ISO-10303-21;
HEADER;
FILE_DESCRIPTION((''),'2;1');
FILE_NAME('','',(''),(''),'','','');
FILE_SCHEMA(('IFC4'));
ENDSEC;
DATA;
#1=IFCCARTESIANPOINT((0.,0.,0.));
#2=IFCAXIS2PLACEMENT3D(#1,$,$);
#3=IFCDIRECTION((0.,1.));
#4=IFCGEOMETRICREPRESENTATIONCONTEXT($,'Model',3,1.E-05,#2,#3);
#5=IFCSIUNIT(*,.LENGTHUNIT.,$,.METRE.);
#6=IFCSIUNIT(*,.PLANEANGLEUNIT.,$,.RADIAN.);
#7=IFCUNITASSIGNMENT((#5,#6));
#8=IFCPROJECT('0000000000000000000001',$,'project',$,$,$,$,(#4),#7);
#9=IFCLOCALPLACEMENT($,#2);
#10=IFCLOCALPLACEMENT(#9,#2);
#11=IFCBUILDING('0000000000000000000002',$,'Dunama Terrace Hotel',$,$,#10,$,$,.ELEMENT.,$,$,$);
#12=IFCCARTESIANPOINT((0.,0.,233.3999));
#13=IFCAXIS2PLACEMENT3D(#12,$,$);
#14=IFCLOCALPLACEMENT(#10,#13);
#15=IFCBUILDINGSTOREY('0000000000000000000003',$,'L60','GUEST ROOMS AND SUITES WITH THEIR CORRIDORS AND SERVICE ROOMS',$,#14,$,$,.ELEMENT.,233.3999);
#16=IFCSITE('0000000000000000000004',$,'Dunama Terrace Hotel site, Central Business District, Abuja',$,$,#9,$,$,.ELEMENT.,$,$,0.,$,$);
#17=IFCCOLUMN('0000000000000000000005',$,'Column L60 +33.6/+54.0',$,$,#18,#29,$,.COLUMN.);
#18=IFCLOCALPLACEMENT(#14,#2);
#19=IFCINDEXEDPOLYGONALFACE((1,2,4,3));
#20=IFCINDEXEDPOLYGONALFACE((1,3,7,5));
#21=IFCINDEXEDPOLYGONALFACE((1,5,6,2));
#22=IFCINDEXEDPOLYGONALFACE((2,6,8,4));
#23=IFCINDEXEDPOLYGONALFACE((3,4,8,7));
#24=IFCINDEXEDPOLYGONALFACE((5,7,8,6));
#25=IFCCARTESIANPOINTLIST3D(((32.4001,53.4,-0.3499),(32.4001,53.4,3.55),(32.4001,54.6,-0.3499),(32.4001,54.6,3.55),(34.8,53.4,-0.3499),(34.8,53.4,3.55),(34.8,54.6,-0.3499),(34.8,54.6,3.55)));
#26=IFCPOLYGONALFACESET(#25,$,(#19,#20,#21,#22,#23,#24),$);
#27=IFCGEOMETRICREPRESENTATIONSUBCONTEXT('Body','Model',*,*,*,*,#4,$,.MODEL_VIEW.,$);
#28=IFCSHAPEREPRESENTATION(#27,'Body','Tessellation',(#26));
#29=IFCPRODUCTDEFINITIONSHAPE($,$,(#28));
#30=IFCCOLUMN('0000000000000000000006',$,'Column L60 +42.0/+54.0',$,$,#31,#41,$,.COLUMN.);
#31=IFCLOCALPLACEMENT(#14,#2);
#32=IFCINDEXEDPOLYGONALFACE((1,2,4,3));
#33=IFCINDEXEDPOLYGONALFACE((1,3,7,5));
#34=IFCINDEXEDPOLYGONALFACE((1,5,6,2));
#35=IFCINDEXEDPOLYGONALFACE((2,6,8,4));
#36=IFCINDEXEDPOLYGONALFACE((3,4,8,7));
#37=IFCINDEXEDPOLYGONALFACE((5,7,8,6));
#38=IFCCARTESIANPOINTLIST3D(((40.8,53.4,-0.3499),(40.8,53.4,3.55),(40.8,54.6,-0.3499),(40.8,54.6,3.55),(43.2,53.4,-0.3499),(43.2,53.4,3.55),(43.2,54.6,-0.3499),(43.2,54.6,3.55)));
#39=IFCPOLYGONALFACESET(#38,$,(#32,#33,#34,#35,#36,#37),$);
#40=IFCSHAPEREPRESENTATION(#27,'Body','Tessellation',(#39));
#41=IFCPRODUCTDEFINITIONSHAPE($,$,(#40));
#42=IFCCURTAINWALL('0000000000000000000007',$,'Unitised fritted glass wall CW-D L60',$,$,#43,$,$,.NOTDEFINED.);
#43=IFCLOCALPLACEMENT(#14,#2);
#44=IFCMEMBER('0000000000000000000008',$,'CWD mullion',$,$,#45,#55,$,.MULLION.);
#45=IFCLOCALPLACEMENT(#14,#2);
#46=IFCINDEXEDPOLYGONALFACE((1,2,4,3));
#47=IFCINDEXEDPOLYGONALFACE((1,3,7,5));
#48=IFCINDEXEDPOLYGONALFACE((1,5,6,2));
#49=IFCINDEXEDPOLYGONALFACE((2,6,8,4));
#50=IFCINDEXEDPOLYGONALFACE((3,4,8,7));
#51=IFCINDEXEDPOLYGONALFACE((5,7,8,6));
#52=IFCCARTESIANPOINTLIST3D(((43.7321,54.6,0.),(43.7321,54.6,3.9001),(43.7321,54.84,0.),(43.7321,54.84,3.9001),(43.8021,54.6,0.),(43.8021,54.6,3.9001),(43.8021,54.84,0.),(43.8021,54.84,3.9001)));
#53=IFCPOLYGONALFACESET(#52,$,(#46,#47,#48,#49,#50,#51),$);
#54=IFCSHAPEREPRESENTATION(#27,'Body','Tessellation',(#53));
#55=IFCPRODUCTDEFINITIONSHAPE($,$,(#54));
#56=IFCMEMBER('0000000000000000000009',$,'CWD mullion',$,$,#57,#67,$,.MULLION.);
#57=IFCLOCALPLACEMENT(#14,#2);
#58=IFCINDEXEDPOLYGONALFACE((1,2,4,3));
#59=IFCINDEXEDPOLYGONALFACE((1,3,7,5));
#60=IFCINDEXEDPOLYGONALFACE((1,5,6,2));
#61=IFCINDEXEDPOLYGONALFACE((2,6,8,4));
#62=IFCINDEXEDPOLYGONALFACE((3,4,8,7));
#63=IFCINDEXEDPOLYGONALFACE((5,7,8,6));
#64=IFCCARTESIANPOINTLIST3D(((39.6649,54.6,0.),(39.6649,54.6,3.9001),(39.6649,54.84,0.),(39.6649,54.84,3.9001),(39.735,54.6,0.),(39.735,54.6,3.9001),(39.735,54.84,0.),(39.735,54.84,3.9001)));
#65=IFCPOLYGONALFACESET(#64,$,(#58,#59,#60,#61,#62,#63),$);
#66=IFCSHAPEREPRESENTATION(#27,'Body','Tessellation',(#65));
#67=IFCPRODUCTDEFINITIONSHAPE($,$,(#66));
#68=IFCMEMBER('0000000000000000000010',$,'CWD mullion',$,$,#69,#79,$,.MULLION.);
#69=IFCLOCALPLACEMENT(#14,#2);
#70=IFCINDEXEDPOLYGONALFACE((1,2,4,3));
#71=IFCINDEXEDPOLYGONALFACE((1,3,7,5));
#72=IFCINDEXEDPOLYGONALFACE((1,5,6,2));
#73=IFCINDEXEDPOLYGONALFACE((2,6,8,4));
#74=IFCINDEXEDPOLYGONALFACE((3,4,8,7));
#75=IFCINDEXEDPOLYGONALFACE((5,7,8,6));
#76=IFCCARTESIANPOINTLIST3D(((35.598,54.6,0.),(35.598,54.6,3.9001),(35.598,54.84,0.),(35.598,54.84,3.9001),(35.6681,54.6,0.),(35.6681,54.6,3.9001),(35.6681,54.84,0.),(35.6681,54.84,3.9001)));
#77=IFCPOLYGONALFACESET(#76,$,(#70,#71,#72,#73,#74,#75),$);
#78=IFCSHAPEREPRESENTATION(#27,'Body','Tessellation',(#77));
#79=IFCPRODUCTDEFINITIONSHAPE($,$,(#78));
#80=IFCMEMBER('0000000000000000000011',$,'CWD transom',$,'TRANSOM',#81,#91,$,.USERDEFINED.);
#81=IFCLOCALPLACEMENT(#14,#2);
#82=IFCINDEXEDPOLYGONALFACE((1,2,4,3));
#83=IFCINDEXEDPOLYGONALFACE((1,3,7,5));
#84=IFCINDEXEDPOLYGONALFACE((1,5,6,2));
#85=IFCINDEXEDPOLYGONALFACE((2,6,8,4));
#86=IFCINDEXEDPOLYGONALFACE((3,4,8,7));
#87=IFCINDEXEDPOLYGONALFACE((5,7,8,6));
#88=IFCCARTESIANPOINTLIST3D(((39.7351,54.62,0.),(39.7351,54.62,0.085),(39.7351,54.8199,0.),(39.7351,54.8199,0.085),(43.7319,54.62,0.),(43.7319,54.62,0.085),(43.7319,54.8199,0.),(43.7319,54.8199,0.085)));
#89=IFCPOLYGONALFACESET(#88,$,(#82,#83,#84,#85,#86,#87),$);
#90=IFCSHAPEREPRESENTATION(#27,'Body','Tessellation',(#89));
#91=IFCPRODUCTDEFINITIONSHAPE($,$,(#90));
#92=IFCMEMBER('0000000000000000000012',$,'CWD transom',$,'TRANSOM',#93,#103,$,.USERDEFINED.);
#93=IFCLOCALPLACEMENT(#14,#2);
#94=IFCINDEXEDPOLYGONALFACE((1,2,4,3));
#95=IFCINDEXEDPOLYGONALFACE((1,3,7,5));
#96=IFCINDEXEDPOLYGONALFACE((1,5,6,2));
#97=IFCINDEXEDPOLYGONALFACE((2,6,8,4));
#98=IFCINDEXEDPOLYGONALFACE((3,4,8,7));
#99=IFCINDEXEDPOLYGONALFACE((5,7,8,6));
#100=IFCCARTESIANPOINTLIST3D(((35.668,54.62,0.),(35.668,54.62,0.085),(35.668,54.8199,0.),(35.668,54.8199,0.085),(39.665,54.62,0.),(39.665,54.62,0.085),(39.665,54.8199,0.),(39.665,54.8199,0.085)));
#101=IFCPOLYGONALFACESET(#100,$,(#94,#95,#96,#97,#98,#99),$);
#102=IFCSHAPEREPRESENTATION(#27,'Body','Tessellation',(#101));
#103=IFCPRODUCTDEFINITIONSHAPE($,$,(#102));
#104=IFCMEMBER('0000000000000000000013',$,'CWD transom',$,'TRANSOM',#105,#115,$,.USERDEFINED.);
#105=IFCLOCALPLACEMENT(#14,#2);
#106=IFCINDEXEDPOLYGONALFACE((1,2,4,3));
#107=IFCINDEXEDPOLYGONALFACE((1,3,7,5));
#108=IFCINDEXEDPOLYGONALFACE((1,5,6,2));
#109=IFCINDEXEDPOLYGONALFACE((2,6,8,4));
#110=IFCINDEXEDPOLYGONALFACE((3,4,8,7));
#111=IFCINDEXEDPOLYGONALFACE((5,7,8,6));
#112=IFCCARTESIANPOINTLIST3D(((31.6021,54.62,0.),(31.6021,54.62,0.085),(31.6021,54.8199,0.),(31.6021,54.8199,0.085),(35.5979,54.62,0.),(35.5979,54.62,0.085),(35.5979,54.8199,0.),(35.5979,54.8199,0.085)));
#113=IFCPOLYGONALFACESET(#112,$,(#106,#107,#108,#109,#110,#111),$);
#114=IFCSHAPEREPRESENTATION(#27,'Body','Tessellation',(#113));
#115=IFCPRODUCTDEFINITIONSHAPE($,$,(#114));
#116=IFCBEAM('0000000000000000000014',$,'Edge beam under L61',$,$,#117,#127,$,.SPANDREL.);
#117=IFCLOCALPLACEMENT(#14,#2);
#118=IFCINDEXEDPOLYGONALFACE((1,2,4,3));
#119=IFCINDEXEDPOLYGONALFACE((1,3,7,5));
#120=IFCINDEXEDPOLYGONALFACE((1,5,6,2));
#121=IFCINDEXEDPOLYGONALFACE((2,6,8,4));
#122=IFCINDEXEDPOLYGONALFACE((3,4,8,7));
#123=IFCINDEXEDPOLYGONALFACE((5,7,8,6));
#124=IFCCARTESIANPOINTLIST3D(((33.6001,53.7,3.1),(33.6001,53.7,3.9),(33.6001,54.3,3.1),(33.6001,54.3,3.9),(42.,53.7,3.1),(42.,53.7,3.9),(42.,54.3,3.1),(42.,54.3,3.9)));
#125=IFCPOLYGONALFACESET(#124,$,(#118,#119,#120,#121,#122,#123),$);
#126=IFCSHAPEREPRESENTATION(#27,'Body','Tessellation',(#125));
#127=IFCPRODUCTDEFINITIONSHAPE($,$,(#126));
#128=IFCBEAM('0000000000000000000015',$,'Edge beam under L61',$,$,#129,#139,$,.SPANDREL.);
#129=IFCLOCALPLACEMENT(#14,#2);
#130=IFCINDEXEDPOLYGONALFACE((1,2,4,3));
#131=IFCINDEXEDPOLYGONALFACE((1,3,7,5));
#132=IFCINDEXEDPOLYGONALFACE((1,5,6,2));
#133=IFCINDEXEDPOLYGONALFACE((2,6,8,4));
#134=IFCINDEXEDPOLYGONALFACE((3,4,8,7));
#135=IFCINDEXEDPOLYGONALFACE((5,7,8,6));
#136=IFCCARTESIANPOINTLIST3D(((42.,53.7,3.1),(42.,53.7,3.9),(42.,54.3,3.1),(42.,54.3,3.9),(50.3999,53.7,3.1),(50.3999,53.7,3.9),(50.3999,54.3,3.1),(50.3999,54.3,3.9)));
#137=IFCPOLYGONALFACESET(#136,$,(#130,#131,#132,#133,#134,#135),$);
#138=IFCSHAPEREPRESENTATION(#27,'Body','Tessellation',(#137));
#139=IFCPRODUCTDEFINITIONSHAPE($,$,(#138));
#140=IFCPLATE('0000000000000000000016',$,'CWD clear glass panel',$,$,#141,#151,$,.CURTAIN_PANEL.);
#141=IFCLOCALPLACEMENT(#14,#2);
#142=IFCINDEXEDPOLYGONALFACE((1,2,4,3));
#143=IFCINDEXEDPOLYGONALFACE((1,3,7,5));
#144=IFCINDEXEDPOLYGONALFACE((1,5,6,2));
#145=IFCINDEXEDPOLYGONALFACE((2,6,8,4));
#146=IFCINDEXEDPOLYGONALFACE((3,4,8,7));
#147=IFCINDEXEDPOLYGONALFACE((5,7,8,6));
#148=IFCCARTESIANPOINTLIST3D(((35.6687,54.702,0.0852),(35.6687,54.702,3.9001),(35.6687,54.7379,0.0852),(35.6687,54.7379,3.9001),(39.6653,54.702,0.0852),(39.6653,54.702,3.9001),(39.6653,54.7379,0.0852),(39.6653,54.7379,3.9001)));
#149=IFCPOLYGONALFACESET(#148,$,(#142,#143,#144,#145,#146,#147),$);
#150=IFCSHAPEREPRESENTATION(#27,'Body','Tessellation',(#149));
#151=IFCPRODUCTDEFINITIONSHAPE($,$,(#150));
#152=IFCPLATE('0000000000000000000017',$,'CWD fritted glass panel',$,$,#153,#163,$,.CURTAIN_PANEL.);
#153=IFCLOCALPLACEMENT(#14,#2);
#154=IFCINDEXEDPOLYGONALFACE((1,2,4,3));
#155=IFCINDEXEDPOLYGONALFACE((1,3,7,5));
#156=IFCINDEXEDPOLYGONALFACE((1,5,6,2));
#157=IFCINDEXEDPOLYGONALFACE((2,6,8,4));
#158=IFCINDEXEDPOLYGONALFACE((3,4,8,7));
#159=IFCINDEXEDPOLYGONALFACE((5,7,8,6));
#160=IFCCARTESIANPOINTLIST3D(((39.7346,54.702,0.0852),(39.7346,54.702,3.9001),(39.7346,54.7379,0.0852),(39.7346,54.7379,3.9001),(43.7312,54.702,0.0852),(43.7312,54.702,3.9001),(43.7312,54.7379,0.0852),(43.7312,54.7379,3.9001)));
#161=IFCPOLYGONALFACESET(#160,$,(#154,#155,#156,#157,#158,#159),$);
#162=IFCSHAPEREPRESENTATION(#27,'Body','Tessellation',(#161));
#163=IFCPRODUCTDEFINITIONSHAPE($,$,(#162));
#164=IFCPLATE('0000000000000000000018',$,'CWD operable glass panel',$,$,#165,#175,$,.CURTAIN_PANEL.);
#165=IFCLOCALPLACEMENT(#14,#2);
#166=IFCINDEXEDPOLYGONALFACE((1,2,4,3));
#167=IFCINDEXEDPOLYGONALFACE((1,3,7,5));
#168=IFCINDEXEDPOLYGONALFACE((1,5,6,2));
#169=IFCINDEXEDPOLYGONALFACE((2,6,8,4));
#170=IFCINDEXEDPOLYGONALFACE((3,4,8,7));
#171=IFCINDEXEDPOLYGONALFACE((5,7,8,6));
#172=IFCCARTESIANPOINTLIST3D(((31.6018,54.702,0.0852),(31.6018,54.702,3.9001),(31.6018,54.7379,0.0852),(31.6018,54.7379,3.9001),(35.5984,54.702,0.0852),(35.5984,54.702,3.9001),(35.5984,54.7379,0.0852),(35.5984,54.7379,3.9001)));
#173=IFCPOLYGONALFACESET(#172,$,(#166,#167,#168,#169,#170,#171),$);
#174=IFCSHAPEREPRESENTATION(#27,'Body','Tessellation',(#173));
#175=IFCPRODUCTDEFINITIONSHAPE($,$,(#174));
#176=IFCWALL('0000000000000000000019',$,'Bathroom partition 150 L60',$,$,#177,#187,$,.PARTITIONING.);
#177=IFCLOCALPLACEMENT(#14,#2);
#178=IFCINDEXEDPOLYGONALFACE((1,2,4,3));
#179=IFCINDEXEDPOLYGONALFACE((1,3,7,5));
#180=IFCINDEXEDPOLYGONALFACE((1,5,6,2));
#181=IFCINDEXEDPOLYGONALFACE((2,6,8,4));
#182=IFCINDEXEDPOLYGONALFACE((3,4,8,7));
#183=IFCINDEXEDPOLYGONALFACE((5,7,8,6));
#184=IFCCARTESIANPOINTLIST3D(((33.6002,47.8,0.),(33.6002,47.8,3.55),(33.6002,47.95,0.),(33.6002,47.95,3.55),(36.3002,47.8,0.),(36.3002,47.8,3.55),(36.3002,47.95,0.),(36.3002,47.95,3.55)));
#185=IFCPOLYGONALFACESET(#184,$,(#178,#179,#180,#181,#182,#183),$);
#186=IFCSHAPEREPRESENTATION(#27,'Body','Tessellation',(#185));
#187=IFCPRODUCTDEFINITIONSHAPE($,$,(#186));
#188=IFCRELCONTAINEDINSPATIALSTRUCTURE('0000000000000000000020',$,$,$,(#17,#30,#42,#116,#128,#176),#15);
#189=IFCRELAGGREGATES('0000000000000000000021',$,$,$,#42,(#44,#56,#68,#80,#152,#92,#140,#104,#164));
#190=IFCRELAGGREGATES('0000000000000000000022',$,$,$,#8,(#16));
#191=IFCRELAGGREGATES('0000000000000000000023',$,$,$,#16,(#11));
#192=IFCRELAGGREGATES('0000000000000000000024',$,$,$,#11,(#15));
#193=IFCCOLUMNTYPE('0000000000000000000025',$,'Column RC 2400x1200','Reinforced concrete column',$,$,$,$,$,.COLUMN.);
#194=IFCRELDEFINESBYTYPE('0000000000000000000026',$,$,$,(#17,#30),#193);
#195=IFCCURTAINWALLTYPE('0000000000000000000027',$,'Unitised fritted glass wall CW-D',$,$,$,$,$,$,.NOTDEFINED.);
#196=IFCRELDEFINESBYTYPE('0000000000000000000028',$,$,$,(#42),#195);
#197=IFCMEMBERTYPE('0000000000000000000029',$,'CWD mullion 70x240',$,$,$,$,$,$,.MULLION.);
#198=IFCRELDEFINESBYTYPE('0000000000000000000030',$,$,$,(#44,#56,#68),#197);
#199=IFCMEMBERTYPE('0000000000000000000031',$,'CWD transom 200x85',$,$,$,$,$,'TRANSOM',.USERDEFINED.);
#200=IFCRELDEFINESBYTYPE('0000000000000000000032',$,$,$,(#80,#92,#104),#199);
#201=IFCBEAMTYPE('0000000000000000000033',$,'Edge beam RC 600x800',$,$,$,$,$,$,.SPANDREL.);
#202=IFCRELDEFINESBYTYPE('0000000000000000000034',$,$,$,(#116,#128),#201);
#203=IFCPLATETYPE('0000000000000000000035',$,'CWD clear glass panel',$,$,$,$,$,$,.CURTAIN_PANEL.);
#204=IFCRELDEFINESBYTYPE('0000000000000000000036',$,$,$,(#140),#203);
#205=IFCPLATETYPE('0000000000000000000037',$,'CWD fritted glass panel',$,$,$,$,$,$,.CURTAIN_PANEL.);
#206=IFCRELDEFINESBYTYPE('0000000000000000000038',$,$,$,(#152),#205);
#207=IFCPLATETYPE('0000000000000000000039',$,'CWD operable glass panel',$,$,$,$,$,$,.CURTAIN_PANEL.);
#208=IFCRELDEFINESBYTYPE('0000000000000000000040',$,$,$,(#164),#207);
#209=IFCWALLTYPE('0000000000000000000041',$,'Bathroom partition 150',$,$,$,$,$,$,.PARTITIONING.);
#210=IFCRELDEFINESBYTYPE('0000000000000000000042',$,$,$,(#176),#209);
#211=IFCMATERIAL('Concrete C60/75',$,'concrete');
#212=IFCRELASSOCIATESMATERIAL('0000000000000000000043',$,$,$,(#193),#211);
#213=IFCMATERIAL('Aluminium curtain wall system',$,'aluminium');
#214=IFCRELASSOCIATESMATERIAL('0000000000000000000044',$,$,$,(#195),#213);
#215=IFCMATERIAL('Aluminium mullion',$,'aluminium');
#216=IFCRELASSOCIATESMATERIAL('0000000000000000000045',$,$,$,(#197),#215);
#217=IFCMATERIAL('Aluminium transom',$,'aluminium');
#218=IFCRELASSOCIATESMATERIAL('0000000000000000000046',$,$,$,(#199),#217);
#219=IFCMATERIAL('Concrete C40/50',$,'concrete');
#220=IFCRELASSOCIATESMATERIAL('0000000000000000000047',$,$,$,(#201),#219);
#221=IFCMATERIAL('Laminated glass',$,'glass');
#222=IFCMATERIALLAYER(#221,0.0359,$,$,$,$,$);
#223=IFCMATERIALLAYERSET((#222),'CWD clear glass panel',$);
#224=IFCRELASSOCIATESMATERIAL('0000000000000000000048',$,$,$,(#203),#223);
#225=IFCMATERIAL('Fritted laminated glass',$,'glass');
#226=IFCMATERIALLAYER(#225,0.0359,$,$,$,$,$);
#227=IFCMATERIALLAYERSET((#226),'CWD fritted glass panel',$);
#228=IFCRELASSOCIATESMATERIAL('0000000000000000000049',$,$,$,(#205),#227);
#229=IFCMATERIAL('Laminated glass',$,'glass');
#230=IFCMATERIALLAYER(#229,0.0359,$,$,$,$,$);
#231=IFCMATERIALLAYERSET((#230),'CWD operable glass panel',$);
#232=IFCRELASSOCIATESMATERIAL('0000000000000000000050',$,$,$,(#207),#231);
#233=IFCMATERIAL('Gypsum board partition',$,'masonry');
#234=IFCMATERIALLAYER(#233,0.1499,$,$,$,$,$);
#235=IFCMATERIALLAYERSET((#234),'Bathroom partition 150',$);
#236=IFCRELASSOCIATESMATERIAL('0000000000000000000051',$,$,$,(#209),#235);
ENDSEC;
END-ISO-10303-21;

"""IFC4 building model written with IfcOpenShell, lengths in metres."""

from ifc_helpers import new_model, si_unit, direction, frame, frame_2d, origin, origin_2d, place, context, subcontext, project, spatial, rectangle, extrude, material, layer, layer_set, material_profile, profile_set, type_object, element, aggregate, save


model = new_model("IFC4")

# Units and contexts
model_context = context("Model", 3, precision=1e-05, world=origin(), true_north=direction((0.0, 1.0)))
body_context = subcontext(model_context, "Body", "Model", "MODEL_VIEW")
ifc_project = project(units=[si_unit("LENGTHUNIT", "METRE"), si_unit("PLANEANGLEUNIT", "RADIAN")], contexts=[model_context])

# Site, building, storey
site_placement = place(None, origin())
site = spatial("IfcSite", under=ifc_project, at=site_placement, Name="Dunama Terrace Hotel site, Central Business District, Abuja", CompositionType="ELEMENT", RefElevation=0.0)
building_placement = place(site_placement, origin())
building = spatial("IfcBuilding", under=site, at=building_placement, Name="Dunama Terrace Hotel", CompositionType="ELEMENT")
storey_placement = place(building_placement, frame((0.0, 0.0, 233.3999)))
storey = spatial("IfcBuildingStorey", under=building, at=storey_placement, Name="L60", Description="GUEST ROOMS AND SUITES WITH THEIR CORRIDORS AND SERVICE ROOMS", CompositionType="ELEMENT", Elevation=233.3999)

# Columns
ifc_material_1 = material(Name="Concrete C60/75", Category="concrete")
ifc_material_profile_1 = material_profile(ifc_material_1, rectangle(XDim=2.3999, YDim=1.2, at=origin_2d()), Name="RC 2400x1200")
ifc_profile_set_1 = profile_set([ifc_material_profile_1], Name="Concrete C60/75")
column_type = type_object("IfcColumnType", Name="Column RC 2400x1200", Description="Reinforced concrete column", PredefinedType="COLUMN", material=ifc_profile_set_1)
for number, where, z_axis, x_axis, name in (
    (1, (33.6001, 54.0, -0.3499), (0.0, 0.0, 1.0), (1.0, 0.0, 0.0), "Column L60 +33.6/+54.0"),
    (2, (42.0, 54.0, -0.3499), (0.0, 0.0, 1.0), (1.0, 0.0, 0.0), "Column L60 +42.0/+54.0"),
):
    element("IfcColumn", number, at=place(storey_placement, frame(where, z_axis=z_axis, x_axis=x_axis)), inside=storey, type_object=column_type, Name=name, PredefinedType="COLUMN", context=body_context, shape_type="SweptSolid", body=[
        extrude(rectangle(XDim=2.3999, YDim=1.2, at=origin_2d()), origin(), (0.0, 0.0, 1.0), 3.8999),
    ])

# Curtain wall, members
ifc_material_2 = material(Name="Aluminium curtain wall system", Category="aluminium")
curtain_wall_type = type_object("IfcCurtainWallType", Name="Unitised fritted glass wall CW-D", PredefinedType="NOTDEFINED", material=ifc_material_2)
curtain_wall_placement = place(storey_placement, origin())
curtain_wall = element("IfcCurtainWall", 3, at=curtain_wall_placement, inside=storey, type_object=curtain_wall_type, Name="Unitised fritted glass wall CW-D L60", PredefinedType="NOTDEFINED")
ifc_material_3 = material(Name="Aluminium mullion", Category="aluminium")
ifc_material_profile_2 = material_profile(ifc_material_3, rectangle(XDim=0.0701, YDim=0.24, at=origin_2d()), Name="CWD MULLION 70X240")
ifc_profile_set_2 = profile_set([ifc_material_profile_2], Name="Aluminium mullion")
member_type_1 = type_object("IfcMemberType", Name="CWD mullion 70x240", PredefinedType="MULLION", material=ifc_profile_set_2)
member_1_placement = place(storey_placement, frame((43.7671, 54.72, 0.0), z_axis=(0.0, 0.0, 1.0), x_axis=(-1.0, 0.0, 0.0)))
member_1 = element("IfcMember", 4, at=member_1_placement, type_object=member_type_1, Name="CWD mullion", PredefinedType="MULLION", context=body_context, shape_type="SweptSolid", body=[
    extrude(rectangle(XDim=0.0701, YDim=0.24, at=origin_2d()), origin(), (0.0, 0.0, 1.0), 3.9001),
])
member_2_placement = place(storey_placement, frame((39.7, 54.72, 0.0), z_axis=(0.0, 0.0, 1.0), x_axis=(-1.0, 0.0, 0.0)))
member_2 = element("IfcMember", 5, at=member_2_placement, type_object=member_type_1, Name="CWD mullion", PredefinedType="MULLION", context=body_context, shape_type="SweptSolid", body=[
    extrude(rectangle(XDim=0.0701, YDim=0.24, at=origin_2d()), origin(), (0.0, 0.0, 1.0), 3.9001),
])
member_3_placement = place(storey_placement, frame((35.6331, 54.72, 0.0), z_axis=(0.0, 0.0, 1.0), x_axis=(-1.0, 0.0, 0.0)))
member_3 = element("IfcMember", 6, at=member_3_placement, type_object=member_type_1, Name="CWD mullion", PredefinedType="MULLION", context=body_context, shape_type="SweptSolid", body=[
    extrude(rectangle(XDim=0.0701, YDim=0.24, at=origin_2d()), origin(), (0.0, 0.0, 1.0), 3.9001),
])
ifc_material_4 = material(Name="Aluminium transom", Category="aluminium")
ifc_material_profile_3 = material_profile(ifc_material_4, rectangle(XDim=0.2, YDim=0.085, at=origin_2d()), Name="CWD TRANSOM 200X85")
ifc_profile_set_3 = profile_set([ifc_material_profile_3], Name="Aluminium transom")
member_type_2 = type_object("IfcMemberType", Name="CWD transom 200x85", ElementType="TRANSOM", PredefinedType="USERDEFINED", material=ifc_profile_set_3)
member_4_placement = place(storey_placement, frame((43.7319, 54.72, 0.0425), z_axis=(-1.0, 0.0, 0.0), x_axis=(0.0, -1.0, 0.0)))
member_4 = element("IfcMember", 7, at=member_4_placement, type_object=member_type_2, Name="CWD transom", ObjectType="TRANSOM", PredefinedType="USERDEFINED", context=body_context, shape_type="SweptSolid", body=[
    extrude(rectangle(XDim=0.2, YDim=0.085, at=origin_2d()), origin(), (0.0, 0.0, 1.0), 3.9968),
])
member_5_placement = place(storey_placement, frame((39.665, 54.72, 0.0425), z_axis=(-1.0, 0.0, 0.0), x_axis=(0.0, -1.0, 0.0)))
member_5 = element("IfcMember", 8, at=member_5_placement, type_object=member_type_2, Name="CWD transom", ObjectType="TRANSOM", PredefinedType="USERDEFINED", context=body_context, shape_type="SweptSolid", body=[
    extrude(rectangle(XDim=0.2, YDim=0.085, at=origin_2d()), origin(), (0.0, 0.0, 1.0), 3.9971),
])
member_6_placement = place(storey_placement, frame((35.5979, 54.72, 0.0425), z_axis=(-1.0, 0.0, 0.0), x_axis=(0.0, -1.0, 0.0)))
member_6 = element("IfcMember", 9, at=member_6_placement, type_object=member_type_2, Name="CWD transom", ObjectType="TRANSOM", PredefinedType="USERDEFINED", context=body_context, shape_type="SweptSolid", body=[
    extrude(rectangle(XDim=0.2, YDim=0.085, at=origin_2d()), origin(), (0.0, 0.0, 1.0), 3.9958),
])

# Beams
ifc_material_5 = material(Name="Concrete C40/50", Category="concrete")
ifc_material_profile_4 = material_profile(ifc_material_5, rectangle(XDim=0.6001, YDim=0.8, at=origin_2d()), Name="RC 600x800")
ifc_profile_set_4 = profile_set([ifc_material_profile_4], Name="Concrete C40/50")
beam_type = type_object("IfcBeamType", Name="Edge beam RC 600x800", PredefinedType="SPANDREL", material=ifc_profile_set_4)
for number, where, z_axis, x_axis, name in (
    (10, (33.6001, 54.0, 3.5), (1.0, 0.0, 0.0), (0.0, 1.0, 0.0), "Edge beam under L61"),
    (11, (42.0, 54.0, 3.5), (1.0, 0.0, 0.0), (0.0, 1.0, 0.0), "Edge beam under L61"),
):
    element("IfcBeam", number, at=place(storey_placement, frame(where, z_axis=z_axis, x_axis=x_axis)), inside=storey, type_object=beam_type, Name=name, PredefinedType="SPANDREL", context=body_context, shape_type="SweptSolid", body=[
        extrude(rectangle(XDim=0.6001, YDim=0.8, at=origin_2d()), origin(), (0.0, 0.0, 1.0), 8.3999),
    ])

# Plates
ifc_material_6 = material(Name="Laminated glass", Category="glass")
ifc_layer_1 = layer(ifc_material_6, 0.0359)
ifc_layer_set_1 = layer_set([ifc_layer_1], Name="CWD clear glass panel")
plate_type_1 = type_object("IfcPlateType", Name="CWD clear glass panel", PredefinedType="CURTAIN_PANEL", material=ifc_layer_set_1)
plate_1_placement = place(storey_placement, frame((37.667, 54.72, 0.0852), z_axis=(0.0, 0.0, 1.0), x_axis=(-1.0, 0.0, 0.0)))
plate_1 = element("IfcPlate", 12, at=plate_1_placement, type_object=plate_type_1, Name="CWD clear glass panel", PredefinedType="CURTAIN_PANEL", context=body_context, shape_type="SweptSolid", body=[
    extrude(rectangle(XDim=3.9966, YDim=0.0359, at=origin_2d()), origin(), (0.0, 0.0, 1.0), 3.8149),
])
ifc_material_7 = material(Name="Fritted laminated glass", Category="glass")
ifc_layer_2 = layer(ifc_material_7, 0.0359)
ifc_layer_set_2 = layer_set([ifc_layer_2], Name="CWD fritted glass panel")
plate_type_2 = type_object("IfcPlateType", Name="CWD fritted glass panel", PredefinedType="CURTAIN_PANEL", material=ifc_layer_set_2)
plate_2_placement = place(storey_placement, frame((41.7329, 54.72, 0.0852), z_axis=(0.0, 0.0, 1.0), x_axis=(-1.0, 0.0, 0.0)))
plate_2 = element("IfcPlate", 13, at=plate_2_placement, type_object=plate_type_2, Name="CWD fritted glass panel", PredefinedType="CURTAIN_PANEL", context=body_context, shape_type="SweptSolid", body=[
    extrude(rectangle(XDim=3.9966, YDim=0.0359, at=origin_2d()), origin(), (0.0, 0.0, 1.0), 3.8149),
])
ifc_material_8 = material(Name="Laminated glass", Category="glass")
ifc_layer_3 = layer(ifc_material_8, 0.0359)
ifc_layer_set_3 = layer_set([ifc_layer_3], Name="CWD operable glass panel")
plate_type_3 = type_object("IfcPlateType", Name="CWD operable glass panel", PredefinedType="CURTAIN_PANEL", material=ifc_layer_set_3)
plate_3_placement = place(storey_placement, frame((33.6001, 54.72, 0.0852), z_axis=(0.0, 0.0, 1.0), x_axis=(-1.0, 0.0, 0.0)))
plate_3 = element("IfcPlate", 14, at=plate_3_placement, type_object=plate_type_3, Name="CWD operable glass panel", PredefinedType="CURTAIN_PANEL", context=body_context, shape_type="SweptSolid", body=[
    extrude(rectangle(XDim=3.9966, YDim=0.0359, at=origin_2d()), origin(), (0.0, 0.0, 1.0), 3.8149),
])
aggregate(curtain_wall, [member_1, member_2, member_3, member_4, plate_2, member_5, plate_1, member_6, plate_3])

# Wall
ifc_material_9 = material(Name="Gypsum board partition", Category="masonry")
ifc_layer_4 = layer(ifc_material_9, 0.1499)
ifc_layer_set_4 = layer_set([ifc_layer_4], Name="Bathroom partition 150")
wall_type_1 = type_object("IfcWallType", Name="Bathroom partition 150", PredefinedType="PARTITIONING", material=ifc_layer_set_4)
wall_1_placement = place(storey_placement, frame((33.6001, 47.875, 0.0), z_axis=(0.0, 0.0, 1.0), x_axis=(1.0, 0.0, 0.0)))
element("IfcWall", 15, at=wall_1_placement, inside=storey, type_object=wall_type_1, Name="Bathroom partition 150 L60", PredefinedType="PARTITIONING", context=body_context, shape_type="SweptSolid", body=[
    extrude(rectangle(XDim=2.7, YDim=0.1499, at=frame_2d((1.3501, 0.0))), origin(), (0.0, 0.0, 1.0), 3.55),
])

save(model, "model.ifc")
